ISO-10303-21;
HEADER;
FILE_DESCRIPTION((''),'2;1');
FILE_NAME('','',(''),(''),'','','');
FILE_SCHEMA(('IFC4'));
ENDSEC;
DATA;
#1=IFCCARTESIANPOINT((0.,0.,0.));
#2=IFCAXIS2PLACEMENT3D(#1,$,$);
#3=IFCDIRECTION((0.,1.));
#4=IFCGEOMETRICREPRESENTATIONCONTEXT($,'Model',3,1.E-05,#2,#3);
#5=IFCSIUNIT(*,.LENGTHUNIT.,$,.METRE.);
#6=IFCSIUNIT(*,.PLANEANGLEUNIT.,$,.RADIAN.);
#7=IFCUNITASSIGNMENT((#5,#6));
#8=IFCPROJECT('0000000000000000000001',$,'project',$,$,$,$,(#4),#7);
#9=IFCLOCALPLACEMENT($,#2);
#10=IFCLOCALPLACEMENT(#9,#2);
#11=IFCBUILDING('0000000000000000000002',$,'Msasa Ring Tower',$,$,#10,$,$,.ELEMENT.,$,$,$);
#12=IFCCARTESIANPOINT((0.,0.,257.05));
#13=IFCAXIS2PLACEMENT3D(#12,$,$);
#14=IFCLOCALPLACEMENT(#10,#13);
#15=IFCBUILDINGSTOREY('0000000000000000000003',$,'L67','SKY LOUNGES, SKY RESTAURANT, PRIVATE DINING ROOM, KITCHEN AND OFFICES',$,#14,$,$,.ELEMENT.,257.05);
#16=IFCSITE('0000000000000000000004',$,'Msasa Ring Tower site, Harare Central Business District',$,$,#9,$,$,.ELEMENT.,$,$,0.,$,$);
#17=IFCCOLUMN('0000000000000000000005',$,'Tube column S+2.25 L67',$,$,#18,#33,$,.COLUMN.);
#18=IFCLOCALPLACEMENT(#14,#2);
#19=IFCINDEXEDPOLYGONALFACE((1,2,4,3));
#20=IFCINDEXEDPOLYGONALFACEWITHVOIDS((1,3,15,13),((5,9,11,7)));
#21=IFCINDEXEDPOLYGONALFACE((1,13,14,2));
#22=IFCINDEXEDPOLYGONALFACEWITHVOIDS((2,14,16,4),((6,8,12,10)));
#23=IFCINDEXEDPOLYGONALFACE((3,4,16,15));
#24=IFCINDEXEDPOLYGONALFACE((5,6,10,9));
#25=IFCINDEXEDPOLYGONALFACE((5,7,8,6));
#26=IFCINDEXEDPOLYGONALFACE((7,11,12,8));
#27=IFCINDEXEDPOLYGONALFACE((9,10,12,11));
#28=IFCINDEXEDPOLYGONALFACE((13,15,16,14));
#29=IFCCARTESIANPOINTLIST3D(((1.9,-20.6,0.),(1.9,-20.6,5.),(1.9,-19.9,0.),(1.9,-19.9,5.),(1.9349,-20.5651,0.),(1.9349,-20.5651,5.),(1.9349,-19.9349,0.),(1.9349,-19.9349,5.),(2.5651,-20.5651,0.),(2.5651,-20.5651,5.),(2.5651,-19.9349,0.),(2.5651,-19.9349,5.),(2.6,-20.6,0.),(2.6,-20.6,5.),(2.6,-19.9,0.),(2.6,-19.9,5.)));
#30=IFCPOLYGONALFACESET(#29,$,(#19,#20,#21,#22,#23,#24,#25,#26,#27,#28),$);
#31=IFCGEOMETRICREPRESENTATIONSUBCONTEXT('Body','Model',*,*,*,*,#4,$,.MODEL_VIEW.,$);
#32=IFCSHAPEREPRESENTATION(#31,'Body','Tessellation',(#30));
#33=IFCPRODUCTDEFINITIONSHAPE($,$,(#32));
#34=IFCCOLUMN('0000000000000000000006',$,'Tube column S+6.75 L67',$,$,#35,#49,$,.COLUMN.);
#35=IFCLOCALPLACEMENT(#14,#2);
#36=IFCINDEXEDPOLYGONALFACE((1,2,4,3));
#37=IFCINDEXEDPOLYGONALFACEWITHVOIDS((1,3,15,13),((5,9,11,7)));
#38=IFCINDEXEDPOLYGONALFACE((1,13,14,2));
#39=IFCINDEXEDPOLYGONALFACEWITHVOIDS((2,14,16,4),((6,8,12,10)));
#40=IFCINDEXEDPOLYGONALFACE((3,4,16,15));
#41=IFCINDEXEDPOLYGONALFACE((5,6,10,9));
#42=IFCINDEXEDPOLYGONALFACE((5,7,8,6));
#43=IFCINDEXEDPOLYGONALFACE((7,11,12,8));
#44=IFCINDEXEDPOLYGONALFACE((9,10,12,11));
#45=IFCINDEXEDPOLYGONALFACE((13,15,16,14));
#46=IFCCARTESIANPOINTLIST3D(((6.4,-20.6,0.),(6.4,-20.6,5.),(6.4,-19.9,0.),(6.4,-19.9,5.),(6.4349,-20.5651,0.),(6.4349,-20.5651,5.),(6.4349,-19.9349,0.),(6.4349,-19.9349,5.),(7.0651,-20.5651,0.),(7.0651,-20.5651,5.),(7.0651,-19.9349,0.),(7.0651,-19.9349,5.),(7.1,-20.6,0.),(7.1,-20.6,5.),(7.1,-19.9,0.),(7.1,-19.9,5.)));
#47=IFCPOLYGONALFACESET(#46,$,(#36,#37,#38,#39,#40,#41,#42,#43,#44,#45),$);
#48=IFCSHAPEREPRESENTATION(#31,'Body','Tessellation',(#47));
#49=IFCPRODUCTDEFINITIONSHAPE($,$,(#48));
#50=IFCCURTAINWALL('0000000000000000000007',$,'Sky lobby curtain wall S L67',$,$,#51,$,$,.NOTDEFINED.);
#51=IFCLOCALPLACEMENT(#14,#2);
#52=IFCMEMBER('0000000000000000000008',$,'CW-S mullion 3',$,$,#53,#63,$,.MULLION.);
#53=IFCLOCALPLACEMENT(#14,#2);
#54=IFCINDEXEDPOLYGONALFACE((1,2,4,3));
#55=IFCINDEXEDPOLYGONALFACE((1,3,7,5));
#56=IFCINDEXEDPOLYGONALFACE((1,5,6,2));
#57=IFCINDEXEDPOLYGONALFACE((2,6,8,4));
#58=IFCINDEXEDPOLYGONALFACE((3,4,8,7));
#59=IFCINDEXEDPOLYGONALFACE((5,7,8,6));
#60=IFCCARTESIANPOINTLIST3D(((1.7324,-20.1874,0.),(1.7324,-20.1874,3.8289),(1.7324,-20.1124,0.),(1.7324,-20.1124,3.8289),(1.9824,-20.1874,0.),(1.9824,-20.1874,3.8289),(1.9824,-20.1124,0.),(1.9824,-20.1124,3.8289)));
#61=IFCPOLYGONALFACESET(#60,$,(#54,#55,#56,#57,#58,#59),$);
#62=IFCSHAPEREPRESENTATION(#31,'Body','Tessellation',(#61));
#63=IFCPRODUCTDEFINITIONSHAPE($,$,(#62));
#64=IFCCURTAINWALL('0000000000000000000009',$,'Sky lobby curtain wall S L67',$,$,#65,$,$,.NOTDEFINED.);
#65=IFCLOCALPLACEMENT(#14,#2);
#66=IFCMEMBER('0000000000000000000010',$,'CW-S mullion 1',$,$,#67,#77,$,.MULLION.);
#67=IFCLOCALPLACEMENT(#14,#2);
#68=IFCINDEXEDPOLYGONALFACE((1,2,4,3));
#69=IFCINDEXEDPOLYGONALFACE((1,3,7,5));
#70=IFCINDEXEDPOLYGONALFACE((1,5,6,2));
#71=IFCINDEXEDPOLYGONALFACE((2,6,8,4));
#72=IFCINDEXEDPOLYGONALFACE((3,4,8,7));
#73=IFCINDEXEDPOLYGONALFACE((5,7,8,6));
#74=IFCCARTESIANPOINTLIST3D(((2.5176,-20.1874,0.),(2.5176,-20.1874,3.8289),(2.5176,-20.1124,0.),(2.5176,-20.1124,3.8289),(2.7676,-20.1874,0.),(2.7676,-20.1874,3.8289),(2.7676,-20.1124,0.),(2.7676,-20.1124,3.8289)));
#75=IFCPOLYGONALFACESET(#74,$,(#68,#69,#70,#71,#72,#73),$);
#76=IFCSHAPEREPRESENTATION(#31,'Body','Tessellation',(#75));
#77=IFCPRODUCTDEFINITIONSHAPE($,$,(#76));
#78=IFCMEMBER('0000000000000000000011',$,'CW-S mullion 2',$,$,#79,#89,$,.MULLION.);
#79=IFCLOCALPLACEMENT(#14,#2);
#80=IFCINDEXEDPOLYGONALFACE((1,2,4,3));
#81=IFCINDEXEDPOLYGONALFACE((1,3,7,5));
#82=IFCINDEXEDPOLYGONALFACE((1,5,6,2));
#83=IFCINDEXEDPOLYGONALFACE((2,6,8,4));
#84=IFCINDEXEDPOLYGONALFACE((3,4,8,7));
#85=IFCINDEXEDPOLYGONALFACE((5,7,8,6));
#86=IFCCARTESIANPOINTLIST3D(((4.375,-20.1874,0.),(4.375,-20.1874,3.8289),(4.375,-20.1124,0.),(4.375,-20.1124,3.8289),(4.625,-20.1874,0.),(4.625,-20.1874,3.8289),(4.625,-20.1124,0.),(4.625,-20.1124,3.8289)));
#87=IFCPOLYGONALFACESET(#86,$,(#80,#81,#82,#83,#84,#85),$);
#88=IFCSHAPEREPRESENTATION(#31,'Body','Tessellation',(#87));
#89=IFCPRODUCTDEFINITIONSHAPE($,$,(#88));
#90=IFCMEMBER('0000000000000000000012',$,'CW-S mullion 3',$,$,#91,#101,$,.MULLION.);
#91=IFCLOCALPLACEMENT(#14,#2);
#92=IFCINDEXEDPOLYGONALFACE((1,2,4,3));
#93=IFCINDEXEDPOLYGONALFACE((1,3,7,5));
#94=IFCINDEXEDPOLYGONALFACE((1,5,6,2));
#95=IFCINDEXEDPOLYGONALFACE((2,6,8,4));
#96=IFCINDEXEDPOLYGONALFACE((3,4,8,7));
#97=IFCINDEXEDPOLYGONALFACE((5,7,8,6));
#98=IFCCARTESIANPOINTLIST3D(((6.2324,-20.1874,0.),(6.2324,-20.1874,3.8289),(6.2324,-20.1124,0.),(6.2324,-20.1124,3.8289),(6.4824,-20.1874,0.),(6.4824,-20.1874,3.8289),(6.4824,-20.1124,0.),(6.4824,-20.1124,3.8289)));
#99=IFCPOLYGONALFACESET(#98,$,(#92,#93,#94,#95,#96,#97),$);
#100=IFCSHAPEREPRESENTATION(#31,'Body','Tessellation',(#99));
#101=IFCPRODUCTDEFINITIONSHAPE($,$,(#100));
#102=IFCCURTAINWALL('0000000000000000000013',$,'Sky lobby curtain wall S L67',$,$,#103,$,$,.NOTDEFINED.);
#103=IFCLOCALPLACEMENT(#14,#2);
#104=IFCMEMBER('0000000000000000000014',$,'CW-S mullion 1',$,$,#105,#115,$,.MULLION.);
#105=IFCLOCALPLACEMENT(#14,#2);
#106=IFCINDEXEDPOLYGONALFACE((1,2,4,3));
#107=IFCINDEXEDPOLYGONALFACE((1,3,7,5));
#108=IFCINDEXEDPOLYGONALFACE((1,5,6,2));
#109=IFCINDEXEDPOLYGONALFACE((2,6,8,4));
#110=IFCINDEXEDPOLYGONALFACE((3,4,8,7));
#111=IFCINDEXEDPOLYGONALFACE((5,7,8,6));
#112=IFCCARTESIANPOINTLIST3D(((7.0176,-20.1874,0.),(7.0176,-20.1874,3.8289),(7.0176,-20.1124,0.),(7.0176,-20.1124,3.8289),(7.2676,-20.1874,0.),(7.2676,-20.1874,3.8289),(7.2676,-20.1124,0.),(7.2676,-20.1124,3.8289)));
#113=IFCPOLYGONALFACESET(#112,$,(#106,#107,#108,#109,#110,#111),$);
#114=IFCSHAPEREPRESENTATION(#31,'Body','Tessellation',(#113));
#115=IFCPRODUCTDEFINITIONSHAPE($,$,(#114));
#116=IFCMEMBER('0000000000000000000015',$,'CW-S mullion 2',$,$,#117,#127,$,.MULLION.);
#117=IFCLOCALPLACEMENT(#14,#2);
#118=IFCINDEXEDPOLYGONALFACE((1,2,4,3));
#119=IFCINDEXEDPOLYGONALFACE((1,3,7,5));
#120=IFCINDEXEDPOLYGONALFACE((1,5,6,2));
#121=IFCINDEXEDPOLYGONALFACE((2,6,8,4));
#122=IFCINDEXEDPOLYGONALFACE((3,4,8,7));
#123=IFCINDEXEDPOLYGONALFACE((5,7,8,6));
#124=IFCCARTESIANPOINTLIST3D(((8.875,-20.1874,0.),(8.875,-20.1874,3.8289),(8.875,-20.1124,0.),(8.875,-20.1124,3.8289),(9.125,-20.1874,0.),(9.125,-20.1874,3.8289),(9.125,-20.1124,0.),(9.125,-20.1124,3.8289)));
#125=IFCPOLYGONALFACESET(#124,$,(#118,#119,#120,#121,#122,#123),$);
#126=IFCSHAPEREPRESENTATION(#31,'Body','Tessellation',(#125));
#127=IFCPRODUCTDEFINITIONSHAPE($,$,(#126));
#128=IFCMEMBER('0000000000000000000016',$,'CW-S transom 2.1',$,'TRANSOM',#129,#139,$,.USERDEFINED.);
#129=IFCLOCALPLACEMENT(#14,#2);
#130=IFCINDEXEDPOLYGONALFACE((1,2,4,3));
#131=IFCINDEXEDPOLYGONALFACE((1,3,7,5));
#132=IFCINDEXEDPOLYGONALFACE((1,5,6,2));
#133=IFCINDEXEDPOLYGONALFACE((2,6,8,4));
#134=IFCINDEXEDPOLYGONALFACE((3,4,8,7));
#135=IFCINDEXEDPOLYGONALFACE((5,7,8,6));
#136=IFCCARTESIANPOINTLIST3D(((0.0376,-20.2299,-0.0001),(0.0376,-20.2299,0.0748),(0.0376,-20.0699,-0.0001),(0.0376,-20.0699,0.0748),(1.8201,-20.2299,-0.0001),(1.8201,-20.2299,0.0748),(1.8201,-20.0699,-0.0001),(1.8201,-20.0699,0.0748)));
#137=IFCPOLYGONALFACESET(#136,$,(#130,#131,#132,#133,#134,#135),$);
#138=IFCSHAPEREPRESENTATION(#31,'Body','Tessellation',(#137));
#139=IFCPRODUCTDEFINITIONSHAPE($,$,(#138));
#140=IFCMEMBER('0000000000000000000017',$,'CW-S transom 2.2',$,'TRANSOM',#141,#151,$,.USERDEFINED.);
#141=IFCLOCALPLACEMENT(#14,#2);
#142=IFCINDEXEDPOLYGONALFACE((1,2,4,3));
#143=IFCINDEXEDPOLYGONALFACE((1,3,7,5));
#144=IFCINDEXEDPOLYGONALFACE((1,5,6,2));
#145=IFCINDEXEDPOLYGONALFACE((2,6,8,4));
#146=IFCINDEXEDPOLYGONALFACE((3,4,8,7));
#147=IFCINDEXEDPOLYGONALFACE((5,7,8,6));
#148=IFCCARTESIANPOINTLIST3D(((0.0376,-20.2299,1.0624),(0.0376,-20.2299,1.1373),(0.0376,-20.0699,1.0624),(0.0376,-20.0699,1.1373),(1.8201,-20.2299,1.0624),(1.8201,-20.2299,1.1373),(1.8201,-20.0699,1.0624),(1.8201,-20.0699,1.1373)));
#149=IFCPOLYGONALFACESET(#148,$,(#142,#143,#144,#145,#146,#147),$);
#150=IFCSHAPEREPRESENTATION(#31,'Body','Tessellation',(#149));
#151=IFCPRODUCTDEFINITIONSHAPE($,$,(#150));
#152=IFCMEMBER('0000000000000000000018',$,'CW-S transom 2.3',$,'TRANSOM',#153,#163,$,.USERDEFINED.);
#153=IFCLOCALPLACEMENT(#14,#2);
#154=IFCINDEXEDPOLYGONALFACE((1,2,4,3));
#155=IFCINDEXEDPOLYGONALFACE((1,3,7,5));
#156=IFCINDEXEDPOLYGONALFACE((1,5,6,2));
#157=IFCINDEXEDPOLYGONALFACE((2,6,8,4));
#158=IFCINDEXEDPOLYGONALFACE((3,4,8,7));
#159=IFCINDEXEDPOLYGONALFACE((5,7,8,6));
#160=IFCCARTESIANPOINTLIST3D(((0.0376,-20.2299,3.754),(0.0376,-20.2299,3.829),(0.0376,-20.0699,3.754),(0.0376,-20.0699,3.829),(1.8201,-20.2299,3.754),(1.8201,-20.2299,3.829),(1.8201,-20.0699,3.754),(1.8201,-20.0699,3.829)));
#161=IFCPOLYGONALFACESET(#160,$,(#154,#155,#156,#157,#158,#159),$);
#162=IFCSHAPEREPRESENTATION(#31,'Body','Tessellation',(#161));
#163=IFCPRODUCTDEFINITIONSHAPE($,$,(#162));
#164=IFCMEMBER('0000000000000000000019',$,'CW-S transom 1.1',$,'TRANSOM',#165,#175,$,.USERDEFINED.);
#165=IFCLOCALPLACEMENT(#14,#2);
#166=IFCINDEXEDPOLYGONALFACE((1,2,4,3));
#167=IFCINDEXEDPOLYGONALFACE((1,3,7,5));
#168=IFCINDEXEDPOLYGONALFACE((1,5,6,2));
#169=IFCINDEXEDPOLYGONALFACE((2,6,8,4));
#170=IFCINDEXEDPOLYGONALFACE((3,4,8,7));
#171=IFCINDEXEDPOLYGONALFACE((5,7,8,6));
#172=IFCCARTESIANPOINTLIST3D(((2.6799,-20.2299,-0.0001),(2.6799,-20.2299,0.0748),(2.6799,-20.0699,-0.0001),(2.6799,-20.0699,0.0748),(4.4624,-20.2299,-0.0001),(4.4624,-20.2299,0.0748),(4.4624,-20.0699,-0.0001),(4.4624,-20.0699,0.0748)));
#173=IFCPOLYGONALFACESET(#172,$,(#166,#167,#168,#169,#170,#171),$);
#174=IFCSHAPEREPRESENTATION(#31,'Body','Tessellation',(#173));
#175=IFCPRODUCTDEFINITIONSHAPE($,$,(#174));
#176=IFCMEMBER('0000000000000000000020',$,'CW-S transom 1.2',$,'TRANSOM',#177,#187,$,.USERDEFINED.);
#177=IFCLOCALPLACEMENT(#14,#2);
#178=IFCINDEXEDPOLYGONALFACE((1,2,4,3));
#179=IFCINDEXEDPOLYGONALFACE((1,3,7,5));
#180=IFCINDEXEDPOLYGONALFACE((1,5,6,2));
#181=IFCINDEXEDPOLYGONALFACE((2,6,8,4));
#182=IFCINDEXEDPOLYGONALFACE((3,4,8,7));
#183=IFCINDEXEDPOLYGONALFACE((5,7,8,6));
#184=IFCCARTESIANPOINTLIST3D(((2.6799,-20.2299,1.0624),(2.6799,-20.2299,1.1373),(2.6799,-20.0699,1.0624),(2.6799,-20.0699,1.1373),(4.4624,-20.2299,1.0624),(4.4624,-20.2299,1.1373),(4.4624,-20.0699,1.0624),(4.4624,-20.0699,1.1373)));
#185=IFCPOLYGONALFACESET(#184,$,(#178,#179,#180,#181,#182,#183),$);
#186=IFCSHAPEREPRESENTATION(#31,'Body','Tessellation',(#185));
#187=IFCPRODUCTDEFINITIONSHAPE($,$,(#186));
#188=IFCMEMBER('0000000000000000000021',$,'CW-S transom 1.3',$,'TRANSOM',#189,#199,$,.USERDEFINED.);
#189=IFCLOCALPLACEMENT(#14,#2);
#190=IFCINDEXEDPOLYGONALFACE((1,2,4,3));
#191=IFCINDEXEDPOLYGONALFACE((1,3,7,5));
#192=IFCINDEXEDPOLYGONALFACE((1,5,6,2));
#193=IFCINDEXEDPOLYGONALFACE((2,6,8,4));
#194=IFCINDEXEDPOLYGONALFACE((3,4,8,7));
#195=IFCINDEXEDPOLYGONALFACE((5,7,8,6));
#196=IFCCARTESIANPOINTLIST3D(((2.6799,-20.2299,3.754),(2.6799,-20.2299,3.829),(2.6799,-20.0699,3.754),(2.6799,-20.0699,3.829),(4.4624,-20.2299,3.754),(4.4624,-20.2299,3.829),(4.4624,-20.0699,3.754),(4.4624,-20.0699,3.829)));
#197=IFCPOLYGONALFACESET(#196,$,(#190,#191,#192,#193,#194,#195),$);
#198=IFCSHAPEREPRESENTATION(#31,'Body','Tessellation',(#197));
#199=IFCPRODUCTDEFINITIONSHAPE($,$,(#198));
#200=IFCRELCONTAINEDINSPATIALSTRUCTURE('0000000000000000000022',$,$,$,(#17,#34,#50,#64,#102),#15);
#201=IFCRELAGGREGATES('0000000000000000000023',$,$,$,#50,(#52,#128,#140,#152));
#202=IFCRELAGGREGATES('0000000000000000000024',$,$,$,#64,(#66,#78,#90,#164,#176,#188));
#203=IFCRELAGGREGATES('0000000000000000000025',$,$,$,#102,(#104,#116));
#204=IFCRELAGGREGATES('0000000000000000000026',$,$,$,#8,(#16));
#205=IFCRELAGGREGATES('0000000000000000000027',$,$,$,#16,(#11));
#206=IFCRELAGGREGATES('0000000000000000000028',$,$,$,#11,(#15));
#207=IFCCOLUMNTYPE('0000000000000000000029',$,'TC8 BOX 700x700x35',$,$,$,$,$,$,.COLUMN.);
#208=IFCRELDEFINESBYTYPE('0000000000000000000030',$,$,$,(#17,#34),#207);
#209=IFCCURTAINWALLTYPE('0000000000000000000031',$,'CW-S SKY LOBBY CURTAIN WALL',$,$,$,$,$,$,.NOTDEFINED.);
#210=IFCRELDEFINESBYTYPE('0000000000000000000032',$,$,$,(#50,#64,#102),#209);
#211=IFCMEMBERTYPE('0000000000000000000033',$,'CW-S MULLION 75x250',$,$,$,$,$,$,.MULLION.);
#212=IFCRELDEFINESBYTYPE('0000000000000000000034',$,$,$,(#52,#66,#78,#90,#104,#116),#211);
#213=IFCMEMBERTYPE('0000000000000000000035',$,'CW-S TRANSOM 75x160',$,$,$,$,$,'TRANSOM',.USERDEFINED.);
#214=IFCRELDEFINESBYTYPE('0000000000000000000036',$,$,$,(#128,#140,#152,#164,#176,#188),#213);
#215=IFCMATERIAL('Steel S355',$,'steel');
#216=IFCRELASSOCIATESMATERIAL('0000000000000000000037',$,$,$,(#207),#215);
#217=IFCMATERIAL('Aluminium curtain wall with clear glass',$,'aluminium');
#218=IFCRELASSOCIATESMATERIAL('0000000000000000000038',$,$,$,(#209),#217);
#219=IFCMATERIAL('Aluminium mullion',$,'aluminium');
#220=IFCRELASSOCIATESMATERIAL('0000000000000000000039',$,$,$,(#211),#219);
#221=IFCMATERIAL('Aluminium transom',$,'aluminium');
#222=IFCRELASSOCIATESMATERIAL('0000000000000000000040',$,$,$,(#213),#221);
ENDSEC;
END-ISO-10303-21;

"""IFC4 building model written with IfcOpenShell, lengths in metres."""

from ifc_helpers import new_model, si_unit, direction, frame, origin, origin_2d, place, context, subcontext, project, spatial, rectangle, hollow_rectangle, extrude, material, material_profile, profile_set, type_object, element, aggregate, save


model = new_model("IFC4")

# Units and contexts
model_context = context("Model", 3, precision=1e-05, world=origin(), true_north=direction((0.0, 1.0)))
body_context = subcontext(model_context, "Body", "Model", "MODEL_VIEW")
ifc_project = project(units=[si_unit("LENGTHUNIT", "METRE"), si_unit("PLANEANGLEUNIT", "RADIAN")], contexts=[model_context])

# Site, building, storey
site_placement = place(None, origin())
site = spatial("IfcSite", under=ifc_project, at=site_placement, Name="Msasa Ring Tower site, Harare Central Business District", CompositionType="ELEMENT", RefElevation=0.0)
building_placement = place(site_placement, origin())
building = spatial("IfcBuilding", under=site, at=building_placement, Name="Msasa Ring Tower", CompositionType="ELEMENT")
storey_placement = place(building_placement, frame((0.0, 0.0, 257.05)))
storey = spatial("IfcBuildingStorey", under=building, at=storey_placement, Name="L67", Description="SKY LOUNGES, SKY RESTAURANT, PRIVATE DINING ROOM, KITCHEN AND OFFICES", CompositionType="ELEMENT", Elevation=257.05)

# Columns
ifc_material_1 = material(Name="Steel S355", Category="steel")
ifc_material_profile_1 = material_profile(ifc_material_1, hollow_rectangle(XDim=0.7, YDim=0.7, WallThickness=0.0349, at=origin_2d()), Name="BOX 700x700x35")
ifc_profile_set_1 = profile_set([ifc_material_profile_1], Name="Steel S355")
column_type = type_object("IfcColumnType", Name="TC8 BOX 700x700x35", PredefinedType="COLUMN", material=ifc_profile_set_1)
for number, where, z_axis, x_axis, name in (
    (1, (2.25, -20.25, 0.0), (0.0, 0.0, 1.0), (0.0, 1.0, 0.0), "Tube column S+2.25 L67"),
    (2, (6.75, -20.25, 0.0), (0.0, 0.0, 1.0), (0.0, 1.0, 0.0), "Tube column S+6.75 L67"),
):
    element("IfcColumn", number, at=place(storey_placement, frame(where, z_axis=z_axis, x_axis=x_axis)), inside=storey, type_object=column_type, Name=name, PredefinedType="COLUMN", context=body_context, shape_type="SweptSolid", body=[
        extrude(hollow_rectangle(XDim=0.7, YDim=0.7, WallThickness=0.0349, at=origin_2d()), origin(), (0.0, 0.0, 1.0), 5.0),
    ])

# Curtain wall, member
ifc_material_2 = material(Name="Aluminium curtain wall with clear glass", Category="aluminium")
curtain_wall_type = type_object("IfcCurtainWallType", Name="CW-S SKY LOBBY CURTAIN WALL", PredefinedType="NOTDEFINED", material=ifc_material_2)
curtain_wall_1_placement = place(storey_placement, origin())
curtain_wall_1 = element("IfcCurtainWall", 3, at=curtain_wall_1_placement, inside=storey, type_object=curtain_wall_type, Name="Sky lobby curtain wall S L67", PredefinedType="NOTDEFINED")
ifc_material_3 = material(Name="Aluminium mullion", Category="aluminium")
ifc_material_profile_2 = material_profile(ifc_material_3, rectangle(XDim=0.075, YDim=0.25, at=origin_2d()), Name="AL 75x250")
ifc_profile_set_2 = profile_set([ifc_material_profile_2], Name="Aluminium mullion")
member_type_1 = type_object("IfcMemberType", Name="CW-S MULLION 75x250", PredefinedType="MULLION", material=ifc_profile_set_2)
member_1_placement = place(storey_placement, frame((1.8574, -20.1499, 0.0), z_axis=(0.0, 0.0, 1.0), x_axis=(0.0, 1.0, 0.0)))
member_1 = element("IfcMember", 4, at=member_1_placement, type_object=member_type_1, Name="CW-S mullion 3", PredefinedType="MULLION", context=body_context, shape_type="SweptSolid", body=[
    extrude(rectangle(XDim=0.075, YDim=0.25, at=origin_2d()), origin(), (0.0, 0.0, 1.0), 3.8289),
])

# Curtain walls, members
curtain_wall_2_placement = place(storey_placement, origin())
curtain_wall_2 = element("IfcCurtainWall", 5, at=curtain_wall_2_placement, inside=storey, type_object=curtain_wall_type, Name="Sky lobby curtain wall S L67", PredefinedType="NOTDEFINED")
member_2_placement = place(storey_placement, frame((2.6426, -20.1499, 0.0), z_axis=(0.0, 0.0, 1.0), x_axis=(0.0, 1.0, 0.0)))
member_2 = element("IfcMember", 6, at=member_2_placement, type_object=member_type_1, Name="CW-S mullion 1", PredefinedType="MULLION", context=body_context, shape_type="SweptSolid", body=[
    extrude(rectangle(XDim=0.075, YDim=0.25, at=origin_2d()), origin(), (0.0, 0.0, 1.0), 3.8289),
])
member_3_placement = place(storey_placement, frame((4.5, -20.1499, 0.0), z_axis=(0.0, 0.0, 1.0), x_axis=(0.0, 1.0, 0.0)))
member_3 = element("IfcMember", 7, at=member_3_placement, type_object=member_type_1, Name="CW-S mullion 2", PredefinedType="MULLION", context=body_context, shape_type="SweptSolid", body=[
    extrude(rectangle(XDim=0.075, YDim=0.25, at=origin_2d()), origin(), (0.0, 0.0, 1.0), 3.8289),
])
member_4_placement = place(storey_placement, frame((6.3574, -20.1499, 0.0), z_axis=(0.0, 0.0, 1.0), x_axis=(0.0, 1.0, 0.0)))
member_4 = element("IfcMember", 8, at=member_4_placement, type_object=member_type_1, Name="CW-S mullion 3", PredefinedType="MULLION", context=body_context, shape_type="SweptSolid", body=[
    extrude(rectangle(XDim=0.075, YDim=0.25, at=origin_2d()), origin(), (0.0, 0.0, 1.0), 3.8289),
])
curtain_wall_3_placement = place(storey_placement, origin())
curtain_wall_3 = element("IfcCurtainWall", 9, at=curtain_wall_3_placement, inside=storey, type_object=curtain_wall_type, Name="Sky lobby curtain wall S L67", PredefinedType="NOTDEFINED")
member_5_placement = place(storey_placement, frame((7.1426, -20.1499, 0.0), z_axis=(0.0, 0.0, 1.0), x_axis=(0.0, 1.0, 0.0)))
member_5 = element("IfcMember", 10, at=member_5_placement, type_object=member_type_1, Name="CW-S mullion 1", PredefinedType="MULLION", context=body_context, shape_type="SweptSolid", body=[
    extrude(rectangle(XDim=0.075, YDim=0.25, at=origin_2d()), origin(), (0.0, 0.0, 1.0), 3.8289),
])
member_6_placement = place(storey_placement, frame((9.0, -20.1499, 0.0), z_axis=(0.0, 0.0, 1.0), x_axis=(0.0, 1.0, 0.0)))
member_6 = element("IfcMember", 11, at=member_6_placement, type_object=member_type_1, Name="CW-S mullion 2", PredefinedType="MULLION", context=body_context, shape_type="SweptSolid", body=[
    extrude(rectangle(XDim=0.075, YDim=0.25, at=origin_2d()), origin(), (0.0, 0.0, 1.0), 3.8289),
])

# Members
ifc_material_4 = material(Name="Aluminium transom", Category="aluminium")
ifc_material_profile_3 = material_profile(ifc_material_4, rectangle(XDim=0.1599, YDim=0.075, at=origin_2d()), Name="AL 75x160")
ifc_profile_set_3 = profile_set([ifc_material_profile_3], Name="Aluminium transom")
member_type_2 = type_object("IfcMemberType", Name="CW-S TRANSOM 75x160", ElementType="TRANSOM", PredefinedType="USERDEFINED", material=ifc_profile_set_3)
member_7_placement = place(storey_placement, frame((0.0376, -20.1499, 0.0374), z_axis=(1.0, 0.0, 0.0), x_axis=(0.0, 1.0, 0.0)))
member_7 = element("IfcMember", 12, at=member_7_placement, type_object=member_type_2, Name="CW-S transom 2.1", ObjectType="TRANSOM", PredefinedType="USERDEFINED", context=body_context, shape_type="SweptSolid", body=[
    extrude(rectangle(XDim=0.1599, YDim=0.075, at=origin_2d()), origin(), (0.0, 0.0, 1.0), 1.7825),
])
member_8_placement = place(storey_placement, frame((0.0376, -20.1499, 1.0999), z_axis=(1.0, 0.0, 0.0), x_axis=(0.0, 1.0, 0.0)))
member_8 = element("IfcMember", 13, at=member_8_placement, type_object=member_type_2, Name="CW-S transom 2.2", ObjectType="TRANSOM", PredefinedType="USERDEFINED", context=body_context, shape_type="SweptSolid", body=[
    extrude(rectangle(XDim=0.1599, YDim=0.075, at=origin_2d()), origin(), (0.0, 0.0, 1.0), 1.7825),
])
member_9_placement = place(storey_placement, frame((0.0376, -20.1499, 3.7915), z_axis=(1.0, 0.0, 0.0), x_axis=(0.0, 1.0, 0.0)))
member_9 = element("IfcMember", 14, at=member_9_placement, type_object=member_type_2, Name="CW-S transom 2.3", ObjectType="TRANSOM", PredefinedType="USERDEFINED", context=body_context, shape_type="SweptSolid", body=[
    extrude(rectangle(XDim=0.1599, YDim=0.075, at=origin_2d()), origin(), (0.0, 0.0, 1.0), 1.7825),
])
member_10_placement = place(storey_placement, frame((2.6799, -20.1499, 0.0374), z_axis=(1.0, 0.0, 0.0), x_axis=(0.0, 1.0, 0.0)))
member_10 = element("IfcMember", 15, at=member_10_placement, type_object=member_type_2, Name="CW-S transom 1.1", ObjectType="TRANSOM", PredefinedType="USERDEFINED", context=body_context, shape_type="SweptSolid", body=[
    extrude(rectangle(XDim=0.1599, YDim=0.075, at=origin_2d()), origin(), (0.0, 0.0, 1.0), 1.7825),
])
member_11_placement = place(storey_placement, frame((2.6799, -20.1499, 1.0999), z_axis=(1.0, 0.0, 0.0), x_axis=(0.0, 1.0, 0.0)))
member_11 = element("IfcMember", 16, at=member_11_placement, type_object=member_type_2, Name="CW-S transom 1.2", ObjectType="TRANSOM", PredefinedType="USERDEFINED", context=body_context, shape_type="SweptSolid", body=[
    extrude(rectangle(XDim=0.1599, YDim=0.075, at=origin_2d()), origin(), (0.0, 0.0, 1.0), 1.7825),
])
member_12_placement = place(storey_placement, frame((2.6799, -20.1499, 3.7915), z_axis=(1.0, 0.0, 0.0), x_axis=(0.0, 1.0, 0.0)))
member_12 = element("IfcMember", 17, at=member_12_placement, type_object=member_type_2, Name="CW-S transom 1.3", ObjectType="TRANSOM", PredefinedType="USERDEFINED", context=body_context, shape_type="SweptSolid", body=[
    extrude(rectangle(XDim=0.1599, YDim=0.075, at=origin_2d()), origin(), (0.0, 0.0, 1.0), 1.7825),
])

aggregate(curtain_wall_1, [member_1, member_7, member_8, member_9])
aggregate(curtain_wall_2, [member_2, member_3, member_4, member_10, member_11, member_12])
aggregate(curtain_wall_3, [member_5, member_6])

save(model, "model.ifc")
